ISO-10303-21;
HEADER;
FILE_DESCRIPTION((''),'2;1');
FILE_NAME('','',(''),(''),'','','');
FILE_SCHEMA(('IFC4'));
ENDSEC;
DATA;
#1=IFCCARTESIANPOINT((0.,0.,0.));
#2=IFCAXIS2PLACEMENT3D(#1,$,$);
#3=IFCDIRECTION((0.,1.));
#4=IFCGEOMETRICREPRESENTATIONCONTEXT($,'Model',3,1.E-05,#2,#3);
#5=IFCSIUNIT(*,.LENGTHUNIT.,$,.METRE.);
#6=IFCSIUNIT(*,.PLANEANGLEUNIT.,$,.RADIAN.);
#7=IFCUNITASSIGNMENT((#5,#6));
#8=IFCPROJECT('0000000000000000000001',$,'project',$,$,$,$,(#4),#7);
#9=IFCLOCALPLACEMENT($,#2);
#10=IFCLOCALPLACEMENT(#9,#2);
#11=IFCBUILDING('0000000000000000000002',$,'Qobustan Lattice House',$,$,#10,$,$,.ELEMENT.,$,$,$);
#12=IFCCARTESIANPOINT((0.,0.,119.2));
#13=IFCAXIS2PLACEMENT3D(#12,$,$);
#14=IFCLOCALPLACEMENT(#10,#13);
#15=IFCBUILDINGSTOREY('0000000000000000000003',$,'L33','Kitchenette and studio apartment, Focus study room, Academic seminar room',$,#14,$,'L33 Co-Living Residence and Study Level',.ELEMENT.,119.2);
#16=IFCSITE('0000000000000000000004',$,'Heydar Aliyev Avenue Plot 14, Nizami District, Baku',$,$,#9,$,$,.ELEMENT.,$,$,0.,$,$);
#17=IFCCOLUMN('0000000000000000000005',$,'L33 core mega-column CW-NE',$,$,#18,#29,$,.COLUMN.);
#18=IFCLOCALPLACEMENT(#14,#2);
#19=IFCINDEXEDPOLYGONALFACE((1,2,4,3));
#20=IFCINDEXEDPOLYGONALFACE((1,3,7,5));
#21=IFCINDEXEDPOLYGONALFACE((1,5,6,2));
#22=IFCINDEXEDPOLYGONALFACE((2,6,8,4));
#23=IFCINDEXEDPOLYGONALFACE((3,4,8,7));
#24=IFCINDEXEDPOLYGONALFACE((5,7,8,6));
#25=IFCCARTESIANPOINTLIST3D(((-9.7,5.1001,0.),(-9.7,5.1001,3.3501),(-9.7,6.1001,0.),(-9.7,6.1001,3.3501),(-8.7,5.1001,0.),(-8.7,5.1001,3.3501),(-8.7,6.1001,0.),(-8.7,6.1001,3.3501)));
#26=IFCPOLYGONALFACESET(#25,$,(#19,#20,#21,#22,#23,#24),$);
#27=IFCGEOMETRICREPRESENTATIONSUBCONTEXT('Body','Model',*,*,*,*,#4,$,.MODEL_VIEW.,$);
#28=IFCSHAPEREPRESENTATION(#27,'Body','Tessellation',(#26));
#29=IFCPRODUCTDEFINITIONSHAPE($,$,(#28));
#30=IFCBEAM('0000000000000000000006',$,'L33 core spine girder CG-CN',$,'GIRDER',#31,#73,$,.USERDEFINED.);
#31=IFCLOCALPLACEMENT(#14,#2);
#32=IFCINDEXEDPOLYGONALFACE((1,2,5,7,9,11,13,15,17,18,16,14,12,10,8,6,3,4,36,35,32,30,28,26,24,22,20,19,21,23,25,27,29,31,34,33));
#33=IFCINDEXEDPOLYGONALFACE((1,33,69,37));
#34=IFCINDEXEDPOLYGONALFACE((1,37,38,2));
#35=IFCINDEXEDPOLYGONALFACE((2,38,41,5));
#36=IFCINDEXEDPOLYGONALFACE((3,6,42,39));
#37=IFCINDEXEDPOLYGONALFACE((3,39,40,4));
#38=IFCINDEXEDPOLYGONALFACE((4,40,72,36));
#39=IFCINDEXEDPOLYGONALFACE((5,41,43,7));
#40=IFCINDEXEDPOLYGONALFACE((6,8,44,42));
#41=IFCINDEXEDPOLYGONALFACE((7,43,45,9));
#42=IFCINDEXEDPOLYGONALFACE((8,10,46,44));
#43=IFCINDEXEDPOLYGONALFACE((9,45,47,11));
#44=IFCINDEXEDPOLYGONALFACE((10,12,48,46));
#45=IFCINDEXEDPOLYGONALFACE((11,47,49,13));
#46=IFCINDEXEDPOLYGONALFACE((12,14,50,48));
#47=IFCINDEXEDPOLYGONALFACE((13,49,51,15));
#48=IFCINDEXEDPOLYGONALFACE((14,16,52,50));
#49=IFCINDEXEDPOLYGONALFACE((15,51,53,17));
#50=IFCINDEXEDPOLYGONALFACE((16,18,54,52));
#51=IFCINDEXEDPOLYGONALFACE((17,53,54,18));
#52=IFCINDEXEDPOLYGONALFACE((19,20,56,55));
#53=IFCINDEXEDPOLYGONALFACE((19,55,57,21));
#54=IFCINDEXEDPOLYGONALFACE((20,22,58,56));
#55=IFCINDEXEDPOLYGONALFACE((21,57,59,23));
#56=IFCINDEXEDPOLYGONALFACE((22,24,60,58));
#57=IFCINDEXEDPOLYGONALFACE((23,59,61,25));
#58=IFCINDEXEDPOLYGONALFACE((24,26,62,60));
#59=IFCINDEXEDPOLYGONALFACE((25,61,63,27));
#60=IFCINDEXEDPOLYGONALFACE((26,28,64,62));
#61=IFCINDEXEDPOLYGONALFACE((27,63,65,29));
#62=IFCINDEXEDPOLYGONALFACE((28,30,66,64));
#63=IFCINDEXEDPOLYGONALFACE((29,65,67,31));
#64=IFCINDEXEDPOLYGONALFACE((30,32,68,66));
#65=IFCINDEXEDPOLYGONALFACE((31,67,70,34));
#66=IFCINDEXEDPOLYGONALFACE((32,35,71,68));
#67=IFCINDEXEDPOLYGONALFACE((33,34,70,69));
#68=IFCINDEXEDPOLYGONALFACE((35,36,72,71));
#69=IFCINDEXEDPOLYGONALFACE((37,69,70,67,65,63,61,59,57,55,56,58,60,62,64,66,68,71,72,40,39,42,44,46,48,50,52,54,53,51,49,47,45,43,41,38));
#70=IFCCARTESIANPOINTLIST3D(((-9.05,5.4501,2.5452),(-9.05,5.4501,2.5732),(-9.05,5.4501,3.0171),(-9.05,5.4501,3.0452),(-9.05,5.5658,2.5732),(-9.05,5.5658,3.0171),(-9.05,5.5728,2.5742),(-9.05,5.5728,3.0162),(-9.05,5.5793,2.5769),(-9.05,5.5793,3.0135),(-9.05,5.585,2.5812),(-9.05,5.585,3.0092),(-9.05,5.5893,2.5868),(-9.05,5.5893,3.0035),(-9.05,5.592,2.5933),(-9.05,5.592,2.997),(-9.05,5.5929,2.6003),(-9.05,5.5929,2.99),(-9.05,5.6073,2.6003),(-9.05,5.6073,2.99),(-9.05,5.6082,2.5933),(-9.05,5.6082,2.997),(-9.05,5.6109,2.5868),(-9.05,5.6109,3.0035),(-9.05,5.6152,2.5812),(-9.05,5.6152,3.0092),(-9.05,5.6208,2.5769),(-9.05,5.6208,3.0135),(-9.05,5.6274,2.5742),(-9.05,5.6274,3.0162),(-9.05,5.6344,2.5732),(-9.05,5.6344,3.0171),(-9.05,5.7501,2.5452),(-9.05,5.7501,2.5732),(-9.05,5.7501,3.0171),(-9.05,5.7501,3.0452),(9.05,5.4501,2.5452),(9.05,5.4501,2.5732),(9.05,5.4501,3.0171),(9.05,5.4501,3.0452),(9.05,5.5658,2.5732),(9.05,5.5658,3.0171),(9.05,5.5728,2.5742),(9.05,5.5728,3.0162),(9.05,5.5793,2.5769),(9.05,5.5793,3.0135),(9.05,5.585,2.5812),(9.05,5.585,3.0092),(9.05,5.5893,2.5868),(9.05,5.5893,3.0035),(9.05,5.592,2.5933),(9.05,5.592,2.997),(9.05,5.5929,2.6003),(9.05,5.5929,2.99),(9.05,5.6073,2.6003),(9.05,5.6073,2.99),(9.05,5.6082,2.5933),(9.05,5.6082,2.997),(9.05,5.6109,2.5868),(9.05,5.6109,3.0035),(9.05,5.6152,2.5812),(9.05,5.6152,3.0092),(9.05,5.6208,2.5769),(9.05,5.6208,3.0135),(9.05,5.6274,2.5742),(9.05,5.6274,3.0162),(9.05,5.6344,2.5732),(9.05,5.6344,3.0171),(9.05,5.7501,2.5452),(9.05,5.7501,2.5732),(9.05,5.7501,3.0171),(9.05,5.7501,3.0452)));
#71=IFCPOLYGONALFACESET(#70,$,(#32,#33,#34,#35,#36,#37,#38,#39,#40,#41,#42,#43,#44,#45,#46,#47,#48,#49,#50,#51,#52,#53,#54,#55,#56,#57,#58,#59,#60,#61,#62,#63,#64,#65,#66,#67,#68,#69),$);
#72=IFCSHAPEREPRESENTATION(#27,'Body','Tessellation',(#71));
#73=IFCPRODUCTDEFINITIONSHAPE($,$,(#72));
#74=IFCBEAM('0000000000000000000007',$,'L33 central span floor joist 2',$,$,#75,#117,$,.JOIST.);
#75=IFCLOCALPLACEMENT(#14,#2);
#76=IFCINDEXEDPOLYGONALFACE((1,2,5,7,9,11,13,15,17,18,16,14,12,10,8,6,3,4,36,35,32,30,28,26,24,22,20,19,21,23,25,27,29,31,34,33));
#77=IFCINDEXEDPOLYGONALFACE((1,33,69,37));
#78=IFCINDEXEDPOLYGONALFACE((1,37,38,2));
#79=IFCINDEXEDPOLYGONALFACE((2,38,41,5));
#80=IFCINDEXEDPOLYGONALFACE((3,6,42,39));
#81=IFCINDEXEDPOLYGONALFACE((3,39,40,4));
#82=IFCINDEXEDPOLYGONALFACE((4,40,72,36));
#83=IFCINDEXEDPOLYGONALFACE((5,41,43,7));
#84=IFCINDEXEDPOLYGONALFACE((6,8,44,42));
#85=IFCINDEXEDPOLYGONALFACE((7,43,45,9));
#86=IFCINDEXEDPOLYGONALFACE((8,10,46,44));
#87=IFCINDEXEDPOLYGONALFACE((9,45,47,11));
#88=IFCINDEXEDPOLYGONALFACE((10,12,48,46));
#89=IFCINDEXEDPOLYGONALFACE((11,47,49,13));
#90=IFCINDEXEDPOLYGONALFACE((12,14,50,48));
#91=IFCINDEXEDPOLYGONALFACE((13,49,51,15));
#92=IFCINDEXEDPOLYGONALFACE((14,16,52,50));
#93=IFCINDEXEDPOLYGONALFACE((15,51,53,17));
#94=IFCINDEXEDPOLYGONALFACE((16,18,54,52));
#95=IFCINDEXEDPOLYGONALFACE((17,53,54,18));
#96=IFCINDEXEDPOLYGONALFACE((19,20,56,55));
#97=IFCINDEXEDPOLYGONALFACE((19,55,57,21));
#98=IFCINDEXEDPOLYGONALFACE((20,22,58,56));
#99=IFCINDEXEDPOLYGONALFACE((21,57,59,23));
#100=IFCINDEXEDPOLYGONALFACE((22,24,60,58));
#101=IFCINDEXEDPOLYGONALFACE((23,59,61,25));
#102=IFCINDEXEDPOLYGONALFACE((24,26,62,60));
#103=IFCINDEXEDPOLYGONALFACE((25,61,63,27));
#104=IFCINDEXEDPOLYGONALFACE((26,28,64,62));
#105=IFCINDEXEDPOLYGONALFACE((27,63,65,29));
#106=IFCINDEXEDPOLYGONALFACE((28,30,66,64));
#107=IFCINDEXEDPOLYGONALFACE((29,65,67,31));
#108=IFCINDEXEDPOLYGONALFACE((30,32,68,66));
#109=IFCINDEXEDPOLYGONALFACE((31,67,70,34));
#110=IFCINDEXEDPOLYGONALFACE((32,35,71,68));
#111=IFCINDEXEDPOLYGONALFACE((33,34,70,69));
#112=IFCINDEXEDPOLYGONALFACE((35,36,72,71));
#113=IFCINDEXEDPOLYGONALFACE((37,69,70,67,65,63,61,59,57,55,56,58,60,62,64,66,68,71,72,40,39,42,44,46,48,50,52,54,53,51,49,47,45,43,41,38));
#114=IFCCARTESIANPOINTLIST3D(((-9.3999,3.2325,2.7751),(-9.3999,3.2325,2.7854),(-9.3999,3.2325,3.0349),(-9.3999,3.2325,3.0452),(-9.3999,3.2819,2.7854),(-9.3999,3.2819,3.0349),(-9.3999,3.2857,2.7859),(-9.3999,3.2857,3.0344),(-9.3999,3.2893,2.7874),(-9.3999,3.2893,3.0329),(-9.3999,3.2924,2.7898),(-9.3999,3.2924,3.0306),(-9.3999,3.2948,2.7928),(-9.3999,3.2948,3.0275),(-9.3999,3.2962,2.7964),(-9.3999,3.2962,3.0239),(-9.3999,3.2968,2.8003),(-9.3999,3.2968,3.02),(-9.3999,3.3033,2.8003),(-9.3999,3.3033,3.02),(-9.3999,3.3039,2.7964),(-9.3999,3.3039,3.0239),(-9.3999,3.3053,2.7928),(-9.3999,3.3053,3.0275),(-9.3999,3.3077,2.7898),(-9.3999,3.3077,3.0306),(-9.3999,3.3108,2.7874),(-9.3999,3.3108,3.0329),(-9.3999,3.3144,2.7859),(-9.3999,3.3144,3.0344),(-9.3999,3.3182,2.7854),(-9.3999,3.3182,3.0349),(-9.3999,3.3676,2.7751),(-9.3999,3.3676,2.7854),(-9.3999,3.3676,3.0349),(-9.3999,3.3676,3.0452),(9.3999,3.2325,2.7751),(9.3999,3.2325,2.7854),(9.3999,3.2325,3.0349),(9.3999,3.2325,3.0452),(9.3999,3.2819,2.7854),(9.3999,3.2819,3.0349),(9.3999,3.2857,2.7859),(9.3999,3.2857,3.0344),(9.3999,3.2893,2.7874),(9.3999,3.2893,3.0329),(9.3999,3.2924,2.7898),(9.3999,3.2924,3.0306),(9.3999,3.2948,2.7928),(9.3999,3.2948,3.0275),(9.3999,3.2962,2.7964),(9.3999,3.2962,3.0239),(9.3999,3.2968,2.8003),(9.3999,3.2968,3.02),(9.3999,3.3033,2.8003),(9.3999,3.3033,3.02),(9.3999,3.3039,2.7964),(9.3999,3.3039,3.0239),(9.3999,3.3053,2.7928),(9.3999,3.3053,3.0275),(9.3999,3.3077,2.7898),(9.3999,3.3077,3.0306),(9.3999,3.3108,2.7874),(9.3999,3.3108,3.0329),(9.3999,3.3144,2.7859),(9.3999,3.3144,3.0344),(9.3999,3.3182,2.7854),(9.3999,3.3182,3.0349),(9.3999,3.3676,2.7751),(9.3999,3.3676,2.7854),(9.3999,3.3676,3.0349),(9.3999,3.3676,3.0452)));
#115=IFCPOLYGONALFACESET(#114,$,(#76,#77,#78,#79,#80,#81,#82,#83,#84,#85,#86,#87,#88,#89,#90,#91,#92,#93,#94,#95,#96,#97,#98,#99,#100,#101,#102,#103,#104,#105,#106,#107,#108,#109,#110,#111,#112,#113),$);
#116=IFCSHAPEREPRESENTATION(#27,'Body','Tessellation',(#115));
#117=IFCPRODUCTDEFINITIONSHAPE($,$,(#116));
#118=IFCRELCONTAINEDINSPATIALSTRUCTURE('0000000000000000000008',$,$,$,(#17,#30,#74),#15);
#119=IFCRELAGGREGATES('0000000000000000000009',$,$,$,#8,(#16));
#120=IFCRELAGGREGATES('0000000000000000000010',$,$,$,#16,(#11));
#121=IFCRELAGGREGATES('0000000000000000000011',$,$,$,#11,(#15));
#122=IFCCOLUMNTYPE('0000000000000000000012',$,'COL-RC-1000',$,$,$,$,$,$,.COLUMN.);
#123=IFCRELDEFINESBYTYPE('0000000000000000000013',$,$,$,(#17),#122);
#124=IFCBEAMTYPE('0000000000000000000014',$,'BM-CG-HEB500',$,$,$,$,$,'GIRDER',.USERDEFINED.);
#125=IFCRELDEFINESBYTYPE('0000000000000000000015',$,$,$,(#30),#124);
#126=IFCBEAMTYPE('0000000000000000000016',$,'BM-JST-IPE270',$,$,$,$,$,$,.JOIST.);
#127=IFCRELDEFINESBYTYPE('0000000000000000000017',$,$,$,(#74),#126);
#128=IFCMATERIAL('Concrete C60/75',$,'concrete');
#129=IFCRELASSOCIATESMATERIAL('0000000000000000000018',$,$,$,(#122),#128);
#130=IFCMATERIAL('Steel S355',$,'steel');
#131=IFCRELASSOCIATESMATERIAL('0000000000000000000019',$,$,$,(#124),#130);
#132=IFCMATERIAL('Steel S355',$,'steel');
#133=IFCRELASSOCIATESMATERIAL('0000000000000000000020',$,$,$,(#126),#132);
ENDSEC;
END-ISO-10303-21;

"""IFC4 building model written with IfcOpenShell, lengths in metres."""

from ifc_helpers import new_model, si_unit, direction, frame, origin, origin_2d, place, context, subcontext, project, spatial, rectangle, i_section, extrude, material, material_profile, profile_set, type_object, element, save


model = new_model("IFC4")

# Units and contexts
model_context = context("Model", 3, precision=1e-05, world=origin(), true_north=direction((0.0, 1.0)))
body_context = subcontext(model_context, "Body", "Model", "MODEL_VIEW")
ifc_project = project(units=[si_unit("LENGTHUNIT", "METRE"), si_unit("PLANEANGLEUNIT", "RADIAN")], contexts=[model_context])

# Site, building, storey
site_placement = place(None, origin())
site = spatial("IfcSite", under=ifc_project, at=site_placement, Name="Heydar Aliyev Avenue Plot 14, Nizami District, Baku", CompositionType="ELEMENT", RefElevation=0.0)
building_placement = place(site_placement, origin())
building = spatial("IfcBuilding", under=site, at=building_placement, Name="Qobustan Lattice House", CompositionType="ELEMENT")
storey_placement = place(building_placement, frame((0.0, 0.0, 119.2)))
storey = spatial("IfcBuildingStorey", under=building, at=storey_placement, Name="L33", Description="Kitchenette and studio apartment, Focus study room, Academic seminar room", LongName="L33 Co-Living Residence and Study Level", CompositionType="ELEMENT", Elevation=119.2)

# Column
ifc_material_1 = material(Name="Concrete C60/75", Category="concrete")
ifc_material_profile_1 = material_profile(ifc_material_1, rectangle(XDim=1.0, YDim=1.0, at=origin_2d()), Name="RC1000x1000")
ifc_profile_set_1 = profile_set([ifc_material_profile_1], Name="Concrete C60/75")
column_type = type_object("IfcColumnType", Name="COL-RC-1000", PredefinedType="COLUMN", material=ifc_profile_set_1)
column_placement = place(storey_placement, frame((-9.2, 5.6001, 0.0), z_axis=(0.0, 0.0, 1.0), x_axis=(1.0, 0.0, 0.0)))
element("IfcColumn", 1, at=column_placement, inside=storey, type_object=column_type, Name="L33 core mega-column CW-NE", PredefinedType="COLUMN", context=body_context, shape_type="SweptSolid", body=[
    extrude(rectangle(XDim=1.0, YDim=1.0, at=origin_2d()), origin(), (0.0, 0.0, 1.0), 3.3501),
])

# Beams
ifc_material_2 = material(Name="Steel S355", Category="steel")
ifc_material_profile_2 = material_profile(ifc_material_2, i_section(OverallWidth=0.3, OverallDepth=0.5, WebThickness=0.0144, FlangeThickness=0.0281, FilletRadius=0.0271, at=origin_2d()), Name="HEB500")
ifc_profile_set_2 = profile_set([ifc_material_profile_2], Name="Steel S355")
beam_type_1 = type_object("IfcBeamType", Name="BM-CG-HEB500", ElementType="GIRDER", PredefinedType="USERDEFINED", material=ifc_profile_set_2)
beam_1_placement = place(storey_placement, frame((-9.05, 5.6001, 2.7952), z_axis=(1.0, 0.0, 0.0), x_axis=(0.0, 1.0, 0.0)))
element("IfcBeam", 2, at=beam_1_placement, inside=storey, type_object=beam_type_1, Name="L33 core spine girder CG-CN", ObjectType="GIRDER", PredefinedType="USERDEFINED", context=body_context, shape_type="SweptSolid", body=[
    extrude(i_section(OverallWidth=0.3, OverallDepth=0.5, WebThickness=0.0144, FlangeThickness=0.0281, FilletRadius=0.0271, at=origin_2d()), origin(), (0.0, 0.0, 1.0), 18.1001),
])
ifc_material_3 = material(Name="Steel S355", Category="steel")
ifc_material_profile_3 = material_profile(ifc_material_3, i_section(OverallWidth=0.135, OverallDepth=0.27, WebThickness=0.0066, FlangeThickness=0.0103, FilletRadius=0.0149, at=origin_2d()), Name="IPE270")
ifc_profile_set_3 = profile_set([ifc_material_profile_3], Name="Steel S355")
beam_type_2 = type_object("IfcBeamType", Name="BM-JST-IPE270", PredefinedType="JOIST", material=ifc_profile_set_3)
beam_2_placement = place(storey_placement, frame((-9.3999, 3.3, 2.9102), z_axis=(1.0, 0.0, 0.0), x_axis=(0.0, 1.0, 0.0)))
element("IfcBeam", 3, at=beam_2_placement, inside=storey, type_object=beam_type_2, Name="L33 central span floor joist 2", PredefinedType="JOIST", context=body_context, shape_type="SweptSolid", body=[
    extrude(i_section(OverallWidth=0.135, OverallDepth=0.27, WebThickness=0.0066, FlangeThickness=0.0103, FilletRadius=0.0149, at=origin_2d()), origin(), (0.0, 0.0, 1.0), 18.7998),
])

save(model, "model.ifc")
